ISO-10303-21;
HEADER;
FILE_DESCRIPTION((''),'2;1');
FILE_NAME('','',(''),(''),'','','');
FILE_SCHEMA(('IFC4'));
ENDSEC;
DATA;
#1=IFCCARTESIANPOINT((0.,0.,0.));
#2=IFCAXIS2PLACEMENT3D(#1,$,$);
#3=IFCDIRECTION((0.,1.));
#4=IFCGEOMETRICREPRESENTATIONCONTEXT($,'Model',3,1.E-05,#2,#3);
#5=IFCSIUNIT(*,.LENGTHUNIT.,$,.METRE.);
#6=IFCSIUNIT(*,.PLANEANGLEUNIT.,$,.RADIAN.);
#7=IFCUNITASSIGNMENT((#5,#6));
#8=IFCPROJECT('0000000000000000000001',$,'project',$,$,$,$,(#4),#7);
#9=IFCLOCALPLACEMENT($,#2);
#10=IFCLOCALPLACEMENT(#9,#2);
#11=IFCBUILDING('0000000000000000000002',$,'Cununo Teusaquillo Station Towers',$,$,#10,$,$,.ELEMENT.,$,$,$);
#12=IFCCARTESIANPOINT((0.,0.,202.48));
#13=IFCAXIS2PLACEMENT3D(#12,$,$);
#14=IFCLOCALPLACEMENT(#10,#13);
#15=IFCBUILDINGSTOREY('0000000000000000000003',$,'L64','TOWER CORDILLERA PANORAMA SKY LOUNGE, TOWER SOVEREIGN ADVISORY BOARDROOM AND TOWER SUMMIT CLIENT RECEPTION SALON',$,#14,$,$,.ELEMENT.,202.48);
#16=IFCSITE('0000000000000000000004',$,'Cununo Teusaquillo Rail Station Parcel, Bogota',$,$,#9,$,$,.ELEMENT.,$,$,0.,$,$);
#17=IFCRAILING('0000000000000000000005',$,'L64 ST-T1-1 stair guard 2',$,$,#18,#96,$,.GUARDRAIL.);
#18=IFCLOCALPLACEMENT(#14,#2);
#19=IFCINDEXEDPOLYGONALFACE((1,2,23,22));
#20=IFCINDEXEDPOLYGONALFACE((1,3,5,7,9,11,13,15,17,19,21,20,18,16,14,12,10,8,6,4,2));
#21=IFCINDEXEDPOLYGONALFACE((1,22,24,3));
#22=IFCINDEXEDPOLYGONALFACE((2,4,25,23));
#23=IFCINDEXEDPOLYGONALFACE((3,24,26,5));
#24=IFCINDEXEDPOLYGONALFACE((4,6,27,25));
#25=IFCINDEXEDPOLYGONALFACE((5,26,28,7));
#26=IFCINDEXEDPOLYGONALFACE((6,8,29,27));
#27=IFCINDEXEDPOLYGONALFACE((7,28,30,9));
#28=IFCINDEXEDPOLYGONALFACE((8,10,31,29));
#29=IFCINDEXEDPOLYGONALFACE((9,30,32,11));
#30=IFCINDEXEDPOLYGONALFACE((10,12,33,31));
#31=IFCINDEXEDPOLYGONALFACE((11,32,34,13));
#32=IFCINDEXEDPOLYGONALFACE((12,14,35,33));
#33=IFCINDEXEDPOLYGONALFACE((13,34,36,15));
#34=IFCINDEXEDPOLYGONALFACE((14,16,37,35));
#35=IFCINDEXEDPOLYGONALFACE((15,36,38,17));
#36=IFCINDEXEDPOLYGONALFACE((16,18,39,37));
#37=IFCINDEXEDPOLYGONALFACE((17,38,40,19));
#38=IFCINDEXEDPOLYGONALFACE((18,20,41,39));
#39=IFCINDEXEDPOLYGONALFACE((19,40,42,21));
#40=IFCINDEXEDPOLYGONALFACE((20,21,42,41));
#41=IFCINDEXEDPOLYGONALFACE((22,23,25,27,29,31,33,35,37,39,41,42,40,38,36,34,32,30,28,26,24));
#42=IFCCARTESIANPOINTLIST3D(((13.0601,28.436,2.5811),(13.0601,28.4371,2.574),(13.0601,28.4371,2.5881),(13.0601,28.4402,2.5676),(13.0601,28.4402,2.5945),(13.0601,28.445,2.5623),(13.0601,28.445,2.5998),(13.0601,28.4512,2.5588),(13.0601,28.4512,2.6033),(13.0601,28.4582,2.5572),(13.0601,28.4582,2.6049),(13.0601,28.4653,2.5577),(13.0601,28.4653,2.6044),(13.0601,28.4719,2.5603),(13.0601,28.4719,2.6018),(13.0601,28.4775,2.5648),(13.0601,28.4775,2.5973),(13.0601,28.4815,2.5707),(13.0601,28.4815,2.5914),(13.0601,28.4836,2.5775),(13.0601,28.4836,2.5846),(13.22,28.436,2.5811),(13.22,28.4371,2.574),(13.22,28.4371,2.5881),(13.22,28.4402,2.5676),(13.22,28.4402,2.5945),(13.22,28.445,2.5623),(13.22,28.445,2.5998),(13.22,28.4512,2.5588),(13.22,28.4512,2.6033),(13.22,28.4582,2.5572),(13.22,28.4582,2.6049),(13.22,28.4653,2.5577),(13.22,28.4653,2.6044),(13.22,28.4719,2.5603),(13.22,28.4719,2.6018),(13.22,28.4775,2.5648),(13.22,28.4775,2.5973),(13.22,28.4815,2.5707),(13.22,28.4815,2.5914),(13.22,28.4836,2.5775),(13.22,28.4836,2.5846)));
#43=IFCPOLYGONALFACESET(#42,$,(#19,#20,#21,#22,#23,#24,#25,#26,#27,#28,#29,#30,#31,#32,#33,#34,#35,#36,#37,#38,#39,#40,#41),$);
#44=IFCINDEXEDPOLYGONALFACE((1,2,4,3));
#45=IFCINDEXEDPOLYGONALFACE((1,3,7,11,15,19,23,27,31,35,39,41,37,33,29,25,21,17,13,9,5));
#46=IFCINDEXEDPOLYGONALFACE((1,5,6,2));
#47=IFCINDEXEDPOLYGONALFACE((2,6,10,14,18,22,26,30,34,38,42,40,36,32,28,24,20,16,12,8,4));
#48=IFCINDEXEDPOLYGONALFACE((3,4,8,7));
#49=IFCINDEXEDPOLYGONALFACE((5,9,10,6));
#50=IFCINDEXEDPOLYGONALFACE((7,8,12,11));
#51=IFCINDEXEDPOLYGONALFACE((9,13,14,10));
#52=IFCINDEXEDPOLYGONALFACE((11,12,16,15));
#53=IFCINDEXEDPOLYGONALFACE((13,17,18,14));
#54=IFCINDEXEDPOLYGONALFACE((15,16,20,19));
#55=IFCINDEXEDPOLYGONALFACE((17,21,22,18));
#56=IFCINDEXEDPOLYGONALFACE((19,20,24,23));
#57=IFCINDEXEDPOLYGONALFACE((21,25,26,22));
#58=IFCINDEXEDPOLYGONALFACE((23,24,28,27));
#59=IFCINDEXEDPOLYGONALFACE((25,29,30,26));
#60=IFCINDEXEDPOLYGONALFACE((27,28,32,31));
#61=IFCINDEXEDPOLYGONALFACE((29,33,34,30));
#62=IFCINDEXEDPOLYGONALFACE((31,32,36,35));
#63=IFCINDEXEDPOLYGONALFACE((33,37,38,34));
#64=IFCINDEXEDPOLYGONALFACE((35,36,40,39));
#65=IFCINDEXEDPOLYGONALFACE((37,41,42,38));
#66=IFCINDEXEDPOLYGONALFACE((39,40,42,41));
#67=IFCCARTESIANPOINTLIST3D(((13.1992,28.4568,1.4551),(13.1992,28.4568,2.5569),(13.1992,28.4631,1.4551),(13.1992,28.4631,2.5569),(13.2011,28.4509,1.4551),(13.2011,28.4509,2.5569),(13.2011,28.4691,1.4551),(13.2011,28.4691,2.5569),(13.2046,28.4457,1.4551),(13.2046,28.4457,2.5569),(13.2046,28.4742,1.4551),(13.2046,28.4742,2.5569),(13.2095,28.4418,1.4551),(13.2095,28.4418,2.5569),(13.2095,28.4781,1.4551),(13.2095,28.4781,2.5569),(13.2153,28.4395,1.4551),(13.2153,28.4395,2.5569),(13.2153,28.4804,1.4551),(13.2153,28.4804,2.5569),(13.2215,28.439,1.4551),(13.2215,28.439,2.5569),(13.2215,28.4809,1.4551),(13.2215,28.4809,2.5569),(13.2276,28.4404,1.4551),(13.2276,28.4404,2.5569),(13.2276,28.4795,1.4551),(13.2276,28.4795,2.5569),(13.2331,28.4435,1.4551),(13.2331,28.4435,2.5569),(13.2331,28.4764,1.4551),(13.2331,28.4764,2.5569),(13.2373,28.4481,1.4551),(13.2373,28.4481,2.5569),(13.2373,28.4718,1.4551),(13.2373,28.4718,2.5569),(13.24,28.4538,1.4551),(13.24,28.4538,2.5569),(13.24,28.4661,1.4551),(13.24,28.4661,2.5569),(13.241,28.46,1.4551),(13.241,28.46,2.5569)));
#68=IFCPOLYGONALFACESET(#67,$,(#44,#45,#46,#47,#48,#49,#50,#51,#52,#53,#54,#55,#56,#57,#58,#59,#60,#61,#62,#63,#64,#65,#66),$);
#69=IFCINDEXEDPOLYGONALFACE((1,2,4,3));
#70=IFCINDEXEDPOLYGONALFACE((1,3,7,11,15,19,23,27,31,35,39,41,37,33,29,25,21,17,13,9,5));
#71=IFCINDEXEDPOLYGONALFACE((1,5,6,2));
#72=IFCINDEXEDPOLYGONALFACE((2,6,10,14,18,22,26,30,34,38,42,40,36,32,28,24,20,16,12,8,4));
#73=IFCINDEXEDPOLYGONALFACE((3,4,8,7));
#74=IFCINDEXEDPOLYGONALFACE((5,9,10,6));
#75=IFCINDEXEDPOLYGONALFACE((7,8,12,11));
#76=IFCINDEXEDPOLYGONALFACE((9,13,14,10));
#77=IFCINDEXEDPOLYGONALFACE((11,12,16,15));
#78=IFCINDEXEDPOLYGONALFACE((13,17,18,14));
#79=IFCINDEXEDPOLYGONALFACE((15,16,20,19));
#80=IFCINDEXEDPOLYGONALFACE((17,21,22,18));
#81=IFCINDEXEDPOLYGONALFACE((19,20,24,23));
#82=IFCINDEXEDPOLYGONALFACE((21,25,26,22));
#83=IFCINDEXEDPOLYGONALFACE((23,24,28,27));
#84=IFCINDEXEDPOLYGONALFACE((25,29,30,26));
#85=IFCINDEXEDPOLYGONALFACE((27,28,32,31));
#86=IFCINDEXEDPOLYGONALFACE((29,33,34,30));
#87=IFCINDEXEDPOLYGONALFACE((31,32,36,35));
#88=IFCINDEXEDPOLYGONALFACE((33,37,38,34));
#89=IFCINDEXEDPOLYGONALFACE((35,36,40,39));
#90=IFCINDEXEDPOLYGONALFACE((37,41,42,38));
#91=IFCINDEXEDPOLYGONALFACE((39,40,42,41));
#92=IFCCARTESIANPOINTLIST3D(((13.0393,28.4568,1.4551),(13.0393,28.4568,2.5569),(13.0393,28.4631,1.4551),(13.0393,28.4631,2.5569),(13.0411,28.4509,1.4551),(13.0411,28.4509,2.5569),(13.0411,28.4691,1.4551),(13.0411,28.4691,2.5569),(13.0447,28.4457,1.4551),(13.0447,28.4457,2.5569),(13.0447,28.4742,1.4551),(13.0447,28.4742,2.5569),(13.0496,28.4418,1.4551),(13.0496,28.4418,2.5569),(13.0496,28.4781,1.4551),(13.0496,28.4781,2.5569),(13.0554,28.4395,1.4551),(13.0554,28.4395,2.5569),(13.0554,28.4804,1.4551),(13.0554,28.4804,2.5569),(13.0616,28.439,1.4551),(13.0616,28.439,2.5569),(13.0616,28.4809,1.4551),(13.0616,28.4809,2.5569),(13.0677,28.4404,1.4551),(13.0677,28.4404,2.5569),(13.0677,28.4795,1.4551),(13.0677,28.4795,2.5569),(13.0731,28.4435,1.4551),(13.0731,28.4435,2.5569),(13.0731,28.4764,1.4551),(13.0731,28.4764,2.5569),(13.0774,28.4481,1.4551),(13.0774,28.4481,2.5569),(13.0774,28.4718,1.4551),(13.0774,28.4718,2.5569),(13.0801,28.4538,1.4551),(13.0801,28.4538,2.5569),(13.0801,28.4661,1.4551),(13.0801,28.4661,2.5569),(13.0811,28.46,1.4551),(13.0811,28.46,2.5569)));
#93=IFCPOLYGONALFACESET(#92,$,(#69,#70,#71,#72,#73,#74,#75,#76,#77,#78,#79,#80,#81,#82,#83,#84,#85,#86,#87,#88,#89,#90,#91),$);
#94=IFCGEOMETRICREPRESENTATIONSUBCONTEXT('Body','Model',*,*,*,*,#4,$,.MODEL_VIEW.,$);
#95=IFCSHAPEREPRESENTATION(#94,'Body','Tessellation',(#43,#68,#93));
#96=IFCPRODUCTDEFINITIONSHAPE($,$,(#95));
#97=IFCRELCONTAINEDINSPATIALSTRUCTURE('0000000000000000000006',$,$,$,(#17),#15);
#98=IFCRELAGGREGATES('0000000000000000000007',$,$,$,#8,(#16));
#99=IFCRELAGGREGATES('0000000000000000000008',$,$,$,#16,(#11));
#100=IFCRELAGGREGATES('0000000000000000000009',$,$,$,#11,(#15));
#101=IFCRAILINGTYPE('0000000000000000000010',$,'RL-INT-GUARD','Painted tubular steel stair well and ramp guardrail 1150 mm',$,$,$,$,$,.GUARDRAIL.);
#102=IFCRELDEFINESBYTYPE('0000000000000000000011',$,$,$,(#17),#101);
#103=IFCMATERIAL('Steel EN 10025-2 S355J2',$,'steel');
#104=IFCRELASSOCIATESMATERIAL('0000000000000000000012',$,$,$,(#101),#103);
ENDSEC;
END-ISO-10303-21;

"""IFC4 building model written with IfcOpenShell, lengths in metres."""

from ifc_helpers import new_model, si_unit, direction, frame, origin, origin_2d, place, context, subcontext, project, spatial, circle, extrude, material, type_object, element, save


model = new_model("IFC4")

# Units and contexts
model_context = context("Model", 3, precision=1e-05, world=origin(), true_north=direction((0.0, 1.0)))
body_context = subcontext(model_context, "Body", "Model", "MODEL_VIEW")
ifc_project = project(units=[si_unit("LENGTHUNIT", "METRE"), si_unit("PLANEANGLEUNIT", "RADIAN")], contexts=[model_context])

# Site, building, storey
site_placement = place(None, origin())
site = spatial("IfcSite", under=ifc_project, at=site_placement, Name="Cununo Teusaquillo Rail Station Parcel, Bogota", CompositionType="ELEMENT", RefElevation=0.0)
building_placement = place(site_placement, origin())
building = spatial("IfcBuilding", under=site, at=building_placement, Name="Cununo Teusaquillo Station Towers", CompositionType="ELEMENT")
storey_placement = place(building_placement, frame((0.0, 0.0, 202.48)))
storey = spatial("IfcBuildingStorey", under=building, at=storey_placement, Name="L64", Description="TOWER CORDILLERA PANORAMA SKY LOUNGE, TOWER SOVEREIGN ADVISORY BOARDROOM AND TOWER SUMMIT CLIENT RECEPTION SALON", CompositionType="ELEMENT", Elevation=202.48)

# Railing
ifc_material_1 = material(Name="Steel EN 10025-2 S355J2", Category="steel")
railing_type_1 = type_object("IfcRailingType", Name="RL-INT-GUARD", Description="Painted tubular steel stair well and ramp guardrail 1150 mm", PredefinedType="GUARDRAIL", material=ifc_material_1)
railing_1_placement = place(storey_placement, frame((13.22, 28.46, 1.4551)))
element("IfcRailing", 1, at=railing_1_placement, inside=storey, type_object=railing_type_1, Name="L64 ST-T1-1 stair guard 2", PredefinedType="GUARDRAIL", context=body_context, shape_type="SweptSolid", body=[
    extrude(circle(Radius=0.0239, at=origin_2d()), frame((0.0, 0.0, 1.126), z_axis=(-1.0, 0.0, 0.0), x_axis=(0.0, -1.0, 0.0)), (0.0, 0.0, 1.0), 0.1599),
    extrude(circle(Radius=0.021, at=origin_2d()), origin(), (0.0, 0.0, 1.0), 1.1018),
    extrude(circle(Radius=0.021, at=origin_2d()), frame((-0.1599, 0.0, 0.0)), (0.0, 0.0, 1.0), 1.1018),
])

save(model, "model.ifc")
